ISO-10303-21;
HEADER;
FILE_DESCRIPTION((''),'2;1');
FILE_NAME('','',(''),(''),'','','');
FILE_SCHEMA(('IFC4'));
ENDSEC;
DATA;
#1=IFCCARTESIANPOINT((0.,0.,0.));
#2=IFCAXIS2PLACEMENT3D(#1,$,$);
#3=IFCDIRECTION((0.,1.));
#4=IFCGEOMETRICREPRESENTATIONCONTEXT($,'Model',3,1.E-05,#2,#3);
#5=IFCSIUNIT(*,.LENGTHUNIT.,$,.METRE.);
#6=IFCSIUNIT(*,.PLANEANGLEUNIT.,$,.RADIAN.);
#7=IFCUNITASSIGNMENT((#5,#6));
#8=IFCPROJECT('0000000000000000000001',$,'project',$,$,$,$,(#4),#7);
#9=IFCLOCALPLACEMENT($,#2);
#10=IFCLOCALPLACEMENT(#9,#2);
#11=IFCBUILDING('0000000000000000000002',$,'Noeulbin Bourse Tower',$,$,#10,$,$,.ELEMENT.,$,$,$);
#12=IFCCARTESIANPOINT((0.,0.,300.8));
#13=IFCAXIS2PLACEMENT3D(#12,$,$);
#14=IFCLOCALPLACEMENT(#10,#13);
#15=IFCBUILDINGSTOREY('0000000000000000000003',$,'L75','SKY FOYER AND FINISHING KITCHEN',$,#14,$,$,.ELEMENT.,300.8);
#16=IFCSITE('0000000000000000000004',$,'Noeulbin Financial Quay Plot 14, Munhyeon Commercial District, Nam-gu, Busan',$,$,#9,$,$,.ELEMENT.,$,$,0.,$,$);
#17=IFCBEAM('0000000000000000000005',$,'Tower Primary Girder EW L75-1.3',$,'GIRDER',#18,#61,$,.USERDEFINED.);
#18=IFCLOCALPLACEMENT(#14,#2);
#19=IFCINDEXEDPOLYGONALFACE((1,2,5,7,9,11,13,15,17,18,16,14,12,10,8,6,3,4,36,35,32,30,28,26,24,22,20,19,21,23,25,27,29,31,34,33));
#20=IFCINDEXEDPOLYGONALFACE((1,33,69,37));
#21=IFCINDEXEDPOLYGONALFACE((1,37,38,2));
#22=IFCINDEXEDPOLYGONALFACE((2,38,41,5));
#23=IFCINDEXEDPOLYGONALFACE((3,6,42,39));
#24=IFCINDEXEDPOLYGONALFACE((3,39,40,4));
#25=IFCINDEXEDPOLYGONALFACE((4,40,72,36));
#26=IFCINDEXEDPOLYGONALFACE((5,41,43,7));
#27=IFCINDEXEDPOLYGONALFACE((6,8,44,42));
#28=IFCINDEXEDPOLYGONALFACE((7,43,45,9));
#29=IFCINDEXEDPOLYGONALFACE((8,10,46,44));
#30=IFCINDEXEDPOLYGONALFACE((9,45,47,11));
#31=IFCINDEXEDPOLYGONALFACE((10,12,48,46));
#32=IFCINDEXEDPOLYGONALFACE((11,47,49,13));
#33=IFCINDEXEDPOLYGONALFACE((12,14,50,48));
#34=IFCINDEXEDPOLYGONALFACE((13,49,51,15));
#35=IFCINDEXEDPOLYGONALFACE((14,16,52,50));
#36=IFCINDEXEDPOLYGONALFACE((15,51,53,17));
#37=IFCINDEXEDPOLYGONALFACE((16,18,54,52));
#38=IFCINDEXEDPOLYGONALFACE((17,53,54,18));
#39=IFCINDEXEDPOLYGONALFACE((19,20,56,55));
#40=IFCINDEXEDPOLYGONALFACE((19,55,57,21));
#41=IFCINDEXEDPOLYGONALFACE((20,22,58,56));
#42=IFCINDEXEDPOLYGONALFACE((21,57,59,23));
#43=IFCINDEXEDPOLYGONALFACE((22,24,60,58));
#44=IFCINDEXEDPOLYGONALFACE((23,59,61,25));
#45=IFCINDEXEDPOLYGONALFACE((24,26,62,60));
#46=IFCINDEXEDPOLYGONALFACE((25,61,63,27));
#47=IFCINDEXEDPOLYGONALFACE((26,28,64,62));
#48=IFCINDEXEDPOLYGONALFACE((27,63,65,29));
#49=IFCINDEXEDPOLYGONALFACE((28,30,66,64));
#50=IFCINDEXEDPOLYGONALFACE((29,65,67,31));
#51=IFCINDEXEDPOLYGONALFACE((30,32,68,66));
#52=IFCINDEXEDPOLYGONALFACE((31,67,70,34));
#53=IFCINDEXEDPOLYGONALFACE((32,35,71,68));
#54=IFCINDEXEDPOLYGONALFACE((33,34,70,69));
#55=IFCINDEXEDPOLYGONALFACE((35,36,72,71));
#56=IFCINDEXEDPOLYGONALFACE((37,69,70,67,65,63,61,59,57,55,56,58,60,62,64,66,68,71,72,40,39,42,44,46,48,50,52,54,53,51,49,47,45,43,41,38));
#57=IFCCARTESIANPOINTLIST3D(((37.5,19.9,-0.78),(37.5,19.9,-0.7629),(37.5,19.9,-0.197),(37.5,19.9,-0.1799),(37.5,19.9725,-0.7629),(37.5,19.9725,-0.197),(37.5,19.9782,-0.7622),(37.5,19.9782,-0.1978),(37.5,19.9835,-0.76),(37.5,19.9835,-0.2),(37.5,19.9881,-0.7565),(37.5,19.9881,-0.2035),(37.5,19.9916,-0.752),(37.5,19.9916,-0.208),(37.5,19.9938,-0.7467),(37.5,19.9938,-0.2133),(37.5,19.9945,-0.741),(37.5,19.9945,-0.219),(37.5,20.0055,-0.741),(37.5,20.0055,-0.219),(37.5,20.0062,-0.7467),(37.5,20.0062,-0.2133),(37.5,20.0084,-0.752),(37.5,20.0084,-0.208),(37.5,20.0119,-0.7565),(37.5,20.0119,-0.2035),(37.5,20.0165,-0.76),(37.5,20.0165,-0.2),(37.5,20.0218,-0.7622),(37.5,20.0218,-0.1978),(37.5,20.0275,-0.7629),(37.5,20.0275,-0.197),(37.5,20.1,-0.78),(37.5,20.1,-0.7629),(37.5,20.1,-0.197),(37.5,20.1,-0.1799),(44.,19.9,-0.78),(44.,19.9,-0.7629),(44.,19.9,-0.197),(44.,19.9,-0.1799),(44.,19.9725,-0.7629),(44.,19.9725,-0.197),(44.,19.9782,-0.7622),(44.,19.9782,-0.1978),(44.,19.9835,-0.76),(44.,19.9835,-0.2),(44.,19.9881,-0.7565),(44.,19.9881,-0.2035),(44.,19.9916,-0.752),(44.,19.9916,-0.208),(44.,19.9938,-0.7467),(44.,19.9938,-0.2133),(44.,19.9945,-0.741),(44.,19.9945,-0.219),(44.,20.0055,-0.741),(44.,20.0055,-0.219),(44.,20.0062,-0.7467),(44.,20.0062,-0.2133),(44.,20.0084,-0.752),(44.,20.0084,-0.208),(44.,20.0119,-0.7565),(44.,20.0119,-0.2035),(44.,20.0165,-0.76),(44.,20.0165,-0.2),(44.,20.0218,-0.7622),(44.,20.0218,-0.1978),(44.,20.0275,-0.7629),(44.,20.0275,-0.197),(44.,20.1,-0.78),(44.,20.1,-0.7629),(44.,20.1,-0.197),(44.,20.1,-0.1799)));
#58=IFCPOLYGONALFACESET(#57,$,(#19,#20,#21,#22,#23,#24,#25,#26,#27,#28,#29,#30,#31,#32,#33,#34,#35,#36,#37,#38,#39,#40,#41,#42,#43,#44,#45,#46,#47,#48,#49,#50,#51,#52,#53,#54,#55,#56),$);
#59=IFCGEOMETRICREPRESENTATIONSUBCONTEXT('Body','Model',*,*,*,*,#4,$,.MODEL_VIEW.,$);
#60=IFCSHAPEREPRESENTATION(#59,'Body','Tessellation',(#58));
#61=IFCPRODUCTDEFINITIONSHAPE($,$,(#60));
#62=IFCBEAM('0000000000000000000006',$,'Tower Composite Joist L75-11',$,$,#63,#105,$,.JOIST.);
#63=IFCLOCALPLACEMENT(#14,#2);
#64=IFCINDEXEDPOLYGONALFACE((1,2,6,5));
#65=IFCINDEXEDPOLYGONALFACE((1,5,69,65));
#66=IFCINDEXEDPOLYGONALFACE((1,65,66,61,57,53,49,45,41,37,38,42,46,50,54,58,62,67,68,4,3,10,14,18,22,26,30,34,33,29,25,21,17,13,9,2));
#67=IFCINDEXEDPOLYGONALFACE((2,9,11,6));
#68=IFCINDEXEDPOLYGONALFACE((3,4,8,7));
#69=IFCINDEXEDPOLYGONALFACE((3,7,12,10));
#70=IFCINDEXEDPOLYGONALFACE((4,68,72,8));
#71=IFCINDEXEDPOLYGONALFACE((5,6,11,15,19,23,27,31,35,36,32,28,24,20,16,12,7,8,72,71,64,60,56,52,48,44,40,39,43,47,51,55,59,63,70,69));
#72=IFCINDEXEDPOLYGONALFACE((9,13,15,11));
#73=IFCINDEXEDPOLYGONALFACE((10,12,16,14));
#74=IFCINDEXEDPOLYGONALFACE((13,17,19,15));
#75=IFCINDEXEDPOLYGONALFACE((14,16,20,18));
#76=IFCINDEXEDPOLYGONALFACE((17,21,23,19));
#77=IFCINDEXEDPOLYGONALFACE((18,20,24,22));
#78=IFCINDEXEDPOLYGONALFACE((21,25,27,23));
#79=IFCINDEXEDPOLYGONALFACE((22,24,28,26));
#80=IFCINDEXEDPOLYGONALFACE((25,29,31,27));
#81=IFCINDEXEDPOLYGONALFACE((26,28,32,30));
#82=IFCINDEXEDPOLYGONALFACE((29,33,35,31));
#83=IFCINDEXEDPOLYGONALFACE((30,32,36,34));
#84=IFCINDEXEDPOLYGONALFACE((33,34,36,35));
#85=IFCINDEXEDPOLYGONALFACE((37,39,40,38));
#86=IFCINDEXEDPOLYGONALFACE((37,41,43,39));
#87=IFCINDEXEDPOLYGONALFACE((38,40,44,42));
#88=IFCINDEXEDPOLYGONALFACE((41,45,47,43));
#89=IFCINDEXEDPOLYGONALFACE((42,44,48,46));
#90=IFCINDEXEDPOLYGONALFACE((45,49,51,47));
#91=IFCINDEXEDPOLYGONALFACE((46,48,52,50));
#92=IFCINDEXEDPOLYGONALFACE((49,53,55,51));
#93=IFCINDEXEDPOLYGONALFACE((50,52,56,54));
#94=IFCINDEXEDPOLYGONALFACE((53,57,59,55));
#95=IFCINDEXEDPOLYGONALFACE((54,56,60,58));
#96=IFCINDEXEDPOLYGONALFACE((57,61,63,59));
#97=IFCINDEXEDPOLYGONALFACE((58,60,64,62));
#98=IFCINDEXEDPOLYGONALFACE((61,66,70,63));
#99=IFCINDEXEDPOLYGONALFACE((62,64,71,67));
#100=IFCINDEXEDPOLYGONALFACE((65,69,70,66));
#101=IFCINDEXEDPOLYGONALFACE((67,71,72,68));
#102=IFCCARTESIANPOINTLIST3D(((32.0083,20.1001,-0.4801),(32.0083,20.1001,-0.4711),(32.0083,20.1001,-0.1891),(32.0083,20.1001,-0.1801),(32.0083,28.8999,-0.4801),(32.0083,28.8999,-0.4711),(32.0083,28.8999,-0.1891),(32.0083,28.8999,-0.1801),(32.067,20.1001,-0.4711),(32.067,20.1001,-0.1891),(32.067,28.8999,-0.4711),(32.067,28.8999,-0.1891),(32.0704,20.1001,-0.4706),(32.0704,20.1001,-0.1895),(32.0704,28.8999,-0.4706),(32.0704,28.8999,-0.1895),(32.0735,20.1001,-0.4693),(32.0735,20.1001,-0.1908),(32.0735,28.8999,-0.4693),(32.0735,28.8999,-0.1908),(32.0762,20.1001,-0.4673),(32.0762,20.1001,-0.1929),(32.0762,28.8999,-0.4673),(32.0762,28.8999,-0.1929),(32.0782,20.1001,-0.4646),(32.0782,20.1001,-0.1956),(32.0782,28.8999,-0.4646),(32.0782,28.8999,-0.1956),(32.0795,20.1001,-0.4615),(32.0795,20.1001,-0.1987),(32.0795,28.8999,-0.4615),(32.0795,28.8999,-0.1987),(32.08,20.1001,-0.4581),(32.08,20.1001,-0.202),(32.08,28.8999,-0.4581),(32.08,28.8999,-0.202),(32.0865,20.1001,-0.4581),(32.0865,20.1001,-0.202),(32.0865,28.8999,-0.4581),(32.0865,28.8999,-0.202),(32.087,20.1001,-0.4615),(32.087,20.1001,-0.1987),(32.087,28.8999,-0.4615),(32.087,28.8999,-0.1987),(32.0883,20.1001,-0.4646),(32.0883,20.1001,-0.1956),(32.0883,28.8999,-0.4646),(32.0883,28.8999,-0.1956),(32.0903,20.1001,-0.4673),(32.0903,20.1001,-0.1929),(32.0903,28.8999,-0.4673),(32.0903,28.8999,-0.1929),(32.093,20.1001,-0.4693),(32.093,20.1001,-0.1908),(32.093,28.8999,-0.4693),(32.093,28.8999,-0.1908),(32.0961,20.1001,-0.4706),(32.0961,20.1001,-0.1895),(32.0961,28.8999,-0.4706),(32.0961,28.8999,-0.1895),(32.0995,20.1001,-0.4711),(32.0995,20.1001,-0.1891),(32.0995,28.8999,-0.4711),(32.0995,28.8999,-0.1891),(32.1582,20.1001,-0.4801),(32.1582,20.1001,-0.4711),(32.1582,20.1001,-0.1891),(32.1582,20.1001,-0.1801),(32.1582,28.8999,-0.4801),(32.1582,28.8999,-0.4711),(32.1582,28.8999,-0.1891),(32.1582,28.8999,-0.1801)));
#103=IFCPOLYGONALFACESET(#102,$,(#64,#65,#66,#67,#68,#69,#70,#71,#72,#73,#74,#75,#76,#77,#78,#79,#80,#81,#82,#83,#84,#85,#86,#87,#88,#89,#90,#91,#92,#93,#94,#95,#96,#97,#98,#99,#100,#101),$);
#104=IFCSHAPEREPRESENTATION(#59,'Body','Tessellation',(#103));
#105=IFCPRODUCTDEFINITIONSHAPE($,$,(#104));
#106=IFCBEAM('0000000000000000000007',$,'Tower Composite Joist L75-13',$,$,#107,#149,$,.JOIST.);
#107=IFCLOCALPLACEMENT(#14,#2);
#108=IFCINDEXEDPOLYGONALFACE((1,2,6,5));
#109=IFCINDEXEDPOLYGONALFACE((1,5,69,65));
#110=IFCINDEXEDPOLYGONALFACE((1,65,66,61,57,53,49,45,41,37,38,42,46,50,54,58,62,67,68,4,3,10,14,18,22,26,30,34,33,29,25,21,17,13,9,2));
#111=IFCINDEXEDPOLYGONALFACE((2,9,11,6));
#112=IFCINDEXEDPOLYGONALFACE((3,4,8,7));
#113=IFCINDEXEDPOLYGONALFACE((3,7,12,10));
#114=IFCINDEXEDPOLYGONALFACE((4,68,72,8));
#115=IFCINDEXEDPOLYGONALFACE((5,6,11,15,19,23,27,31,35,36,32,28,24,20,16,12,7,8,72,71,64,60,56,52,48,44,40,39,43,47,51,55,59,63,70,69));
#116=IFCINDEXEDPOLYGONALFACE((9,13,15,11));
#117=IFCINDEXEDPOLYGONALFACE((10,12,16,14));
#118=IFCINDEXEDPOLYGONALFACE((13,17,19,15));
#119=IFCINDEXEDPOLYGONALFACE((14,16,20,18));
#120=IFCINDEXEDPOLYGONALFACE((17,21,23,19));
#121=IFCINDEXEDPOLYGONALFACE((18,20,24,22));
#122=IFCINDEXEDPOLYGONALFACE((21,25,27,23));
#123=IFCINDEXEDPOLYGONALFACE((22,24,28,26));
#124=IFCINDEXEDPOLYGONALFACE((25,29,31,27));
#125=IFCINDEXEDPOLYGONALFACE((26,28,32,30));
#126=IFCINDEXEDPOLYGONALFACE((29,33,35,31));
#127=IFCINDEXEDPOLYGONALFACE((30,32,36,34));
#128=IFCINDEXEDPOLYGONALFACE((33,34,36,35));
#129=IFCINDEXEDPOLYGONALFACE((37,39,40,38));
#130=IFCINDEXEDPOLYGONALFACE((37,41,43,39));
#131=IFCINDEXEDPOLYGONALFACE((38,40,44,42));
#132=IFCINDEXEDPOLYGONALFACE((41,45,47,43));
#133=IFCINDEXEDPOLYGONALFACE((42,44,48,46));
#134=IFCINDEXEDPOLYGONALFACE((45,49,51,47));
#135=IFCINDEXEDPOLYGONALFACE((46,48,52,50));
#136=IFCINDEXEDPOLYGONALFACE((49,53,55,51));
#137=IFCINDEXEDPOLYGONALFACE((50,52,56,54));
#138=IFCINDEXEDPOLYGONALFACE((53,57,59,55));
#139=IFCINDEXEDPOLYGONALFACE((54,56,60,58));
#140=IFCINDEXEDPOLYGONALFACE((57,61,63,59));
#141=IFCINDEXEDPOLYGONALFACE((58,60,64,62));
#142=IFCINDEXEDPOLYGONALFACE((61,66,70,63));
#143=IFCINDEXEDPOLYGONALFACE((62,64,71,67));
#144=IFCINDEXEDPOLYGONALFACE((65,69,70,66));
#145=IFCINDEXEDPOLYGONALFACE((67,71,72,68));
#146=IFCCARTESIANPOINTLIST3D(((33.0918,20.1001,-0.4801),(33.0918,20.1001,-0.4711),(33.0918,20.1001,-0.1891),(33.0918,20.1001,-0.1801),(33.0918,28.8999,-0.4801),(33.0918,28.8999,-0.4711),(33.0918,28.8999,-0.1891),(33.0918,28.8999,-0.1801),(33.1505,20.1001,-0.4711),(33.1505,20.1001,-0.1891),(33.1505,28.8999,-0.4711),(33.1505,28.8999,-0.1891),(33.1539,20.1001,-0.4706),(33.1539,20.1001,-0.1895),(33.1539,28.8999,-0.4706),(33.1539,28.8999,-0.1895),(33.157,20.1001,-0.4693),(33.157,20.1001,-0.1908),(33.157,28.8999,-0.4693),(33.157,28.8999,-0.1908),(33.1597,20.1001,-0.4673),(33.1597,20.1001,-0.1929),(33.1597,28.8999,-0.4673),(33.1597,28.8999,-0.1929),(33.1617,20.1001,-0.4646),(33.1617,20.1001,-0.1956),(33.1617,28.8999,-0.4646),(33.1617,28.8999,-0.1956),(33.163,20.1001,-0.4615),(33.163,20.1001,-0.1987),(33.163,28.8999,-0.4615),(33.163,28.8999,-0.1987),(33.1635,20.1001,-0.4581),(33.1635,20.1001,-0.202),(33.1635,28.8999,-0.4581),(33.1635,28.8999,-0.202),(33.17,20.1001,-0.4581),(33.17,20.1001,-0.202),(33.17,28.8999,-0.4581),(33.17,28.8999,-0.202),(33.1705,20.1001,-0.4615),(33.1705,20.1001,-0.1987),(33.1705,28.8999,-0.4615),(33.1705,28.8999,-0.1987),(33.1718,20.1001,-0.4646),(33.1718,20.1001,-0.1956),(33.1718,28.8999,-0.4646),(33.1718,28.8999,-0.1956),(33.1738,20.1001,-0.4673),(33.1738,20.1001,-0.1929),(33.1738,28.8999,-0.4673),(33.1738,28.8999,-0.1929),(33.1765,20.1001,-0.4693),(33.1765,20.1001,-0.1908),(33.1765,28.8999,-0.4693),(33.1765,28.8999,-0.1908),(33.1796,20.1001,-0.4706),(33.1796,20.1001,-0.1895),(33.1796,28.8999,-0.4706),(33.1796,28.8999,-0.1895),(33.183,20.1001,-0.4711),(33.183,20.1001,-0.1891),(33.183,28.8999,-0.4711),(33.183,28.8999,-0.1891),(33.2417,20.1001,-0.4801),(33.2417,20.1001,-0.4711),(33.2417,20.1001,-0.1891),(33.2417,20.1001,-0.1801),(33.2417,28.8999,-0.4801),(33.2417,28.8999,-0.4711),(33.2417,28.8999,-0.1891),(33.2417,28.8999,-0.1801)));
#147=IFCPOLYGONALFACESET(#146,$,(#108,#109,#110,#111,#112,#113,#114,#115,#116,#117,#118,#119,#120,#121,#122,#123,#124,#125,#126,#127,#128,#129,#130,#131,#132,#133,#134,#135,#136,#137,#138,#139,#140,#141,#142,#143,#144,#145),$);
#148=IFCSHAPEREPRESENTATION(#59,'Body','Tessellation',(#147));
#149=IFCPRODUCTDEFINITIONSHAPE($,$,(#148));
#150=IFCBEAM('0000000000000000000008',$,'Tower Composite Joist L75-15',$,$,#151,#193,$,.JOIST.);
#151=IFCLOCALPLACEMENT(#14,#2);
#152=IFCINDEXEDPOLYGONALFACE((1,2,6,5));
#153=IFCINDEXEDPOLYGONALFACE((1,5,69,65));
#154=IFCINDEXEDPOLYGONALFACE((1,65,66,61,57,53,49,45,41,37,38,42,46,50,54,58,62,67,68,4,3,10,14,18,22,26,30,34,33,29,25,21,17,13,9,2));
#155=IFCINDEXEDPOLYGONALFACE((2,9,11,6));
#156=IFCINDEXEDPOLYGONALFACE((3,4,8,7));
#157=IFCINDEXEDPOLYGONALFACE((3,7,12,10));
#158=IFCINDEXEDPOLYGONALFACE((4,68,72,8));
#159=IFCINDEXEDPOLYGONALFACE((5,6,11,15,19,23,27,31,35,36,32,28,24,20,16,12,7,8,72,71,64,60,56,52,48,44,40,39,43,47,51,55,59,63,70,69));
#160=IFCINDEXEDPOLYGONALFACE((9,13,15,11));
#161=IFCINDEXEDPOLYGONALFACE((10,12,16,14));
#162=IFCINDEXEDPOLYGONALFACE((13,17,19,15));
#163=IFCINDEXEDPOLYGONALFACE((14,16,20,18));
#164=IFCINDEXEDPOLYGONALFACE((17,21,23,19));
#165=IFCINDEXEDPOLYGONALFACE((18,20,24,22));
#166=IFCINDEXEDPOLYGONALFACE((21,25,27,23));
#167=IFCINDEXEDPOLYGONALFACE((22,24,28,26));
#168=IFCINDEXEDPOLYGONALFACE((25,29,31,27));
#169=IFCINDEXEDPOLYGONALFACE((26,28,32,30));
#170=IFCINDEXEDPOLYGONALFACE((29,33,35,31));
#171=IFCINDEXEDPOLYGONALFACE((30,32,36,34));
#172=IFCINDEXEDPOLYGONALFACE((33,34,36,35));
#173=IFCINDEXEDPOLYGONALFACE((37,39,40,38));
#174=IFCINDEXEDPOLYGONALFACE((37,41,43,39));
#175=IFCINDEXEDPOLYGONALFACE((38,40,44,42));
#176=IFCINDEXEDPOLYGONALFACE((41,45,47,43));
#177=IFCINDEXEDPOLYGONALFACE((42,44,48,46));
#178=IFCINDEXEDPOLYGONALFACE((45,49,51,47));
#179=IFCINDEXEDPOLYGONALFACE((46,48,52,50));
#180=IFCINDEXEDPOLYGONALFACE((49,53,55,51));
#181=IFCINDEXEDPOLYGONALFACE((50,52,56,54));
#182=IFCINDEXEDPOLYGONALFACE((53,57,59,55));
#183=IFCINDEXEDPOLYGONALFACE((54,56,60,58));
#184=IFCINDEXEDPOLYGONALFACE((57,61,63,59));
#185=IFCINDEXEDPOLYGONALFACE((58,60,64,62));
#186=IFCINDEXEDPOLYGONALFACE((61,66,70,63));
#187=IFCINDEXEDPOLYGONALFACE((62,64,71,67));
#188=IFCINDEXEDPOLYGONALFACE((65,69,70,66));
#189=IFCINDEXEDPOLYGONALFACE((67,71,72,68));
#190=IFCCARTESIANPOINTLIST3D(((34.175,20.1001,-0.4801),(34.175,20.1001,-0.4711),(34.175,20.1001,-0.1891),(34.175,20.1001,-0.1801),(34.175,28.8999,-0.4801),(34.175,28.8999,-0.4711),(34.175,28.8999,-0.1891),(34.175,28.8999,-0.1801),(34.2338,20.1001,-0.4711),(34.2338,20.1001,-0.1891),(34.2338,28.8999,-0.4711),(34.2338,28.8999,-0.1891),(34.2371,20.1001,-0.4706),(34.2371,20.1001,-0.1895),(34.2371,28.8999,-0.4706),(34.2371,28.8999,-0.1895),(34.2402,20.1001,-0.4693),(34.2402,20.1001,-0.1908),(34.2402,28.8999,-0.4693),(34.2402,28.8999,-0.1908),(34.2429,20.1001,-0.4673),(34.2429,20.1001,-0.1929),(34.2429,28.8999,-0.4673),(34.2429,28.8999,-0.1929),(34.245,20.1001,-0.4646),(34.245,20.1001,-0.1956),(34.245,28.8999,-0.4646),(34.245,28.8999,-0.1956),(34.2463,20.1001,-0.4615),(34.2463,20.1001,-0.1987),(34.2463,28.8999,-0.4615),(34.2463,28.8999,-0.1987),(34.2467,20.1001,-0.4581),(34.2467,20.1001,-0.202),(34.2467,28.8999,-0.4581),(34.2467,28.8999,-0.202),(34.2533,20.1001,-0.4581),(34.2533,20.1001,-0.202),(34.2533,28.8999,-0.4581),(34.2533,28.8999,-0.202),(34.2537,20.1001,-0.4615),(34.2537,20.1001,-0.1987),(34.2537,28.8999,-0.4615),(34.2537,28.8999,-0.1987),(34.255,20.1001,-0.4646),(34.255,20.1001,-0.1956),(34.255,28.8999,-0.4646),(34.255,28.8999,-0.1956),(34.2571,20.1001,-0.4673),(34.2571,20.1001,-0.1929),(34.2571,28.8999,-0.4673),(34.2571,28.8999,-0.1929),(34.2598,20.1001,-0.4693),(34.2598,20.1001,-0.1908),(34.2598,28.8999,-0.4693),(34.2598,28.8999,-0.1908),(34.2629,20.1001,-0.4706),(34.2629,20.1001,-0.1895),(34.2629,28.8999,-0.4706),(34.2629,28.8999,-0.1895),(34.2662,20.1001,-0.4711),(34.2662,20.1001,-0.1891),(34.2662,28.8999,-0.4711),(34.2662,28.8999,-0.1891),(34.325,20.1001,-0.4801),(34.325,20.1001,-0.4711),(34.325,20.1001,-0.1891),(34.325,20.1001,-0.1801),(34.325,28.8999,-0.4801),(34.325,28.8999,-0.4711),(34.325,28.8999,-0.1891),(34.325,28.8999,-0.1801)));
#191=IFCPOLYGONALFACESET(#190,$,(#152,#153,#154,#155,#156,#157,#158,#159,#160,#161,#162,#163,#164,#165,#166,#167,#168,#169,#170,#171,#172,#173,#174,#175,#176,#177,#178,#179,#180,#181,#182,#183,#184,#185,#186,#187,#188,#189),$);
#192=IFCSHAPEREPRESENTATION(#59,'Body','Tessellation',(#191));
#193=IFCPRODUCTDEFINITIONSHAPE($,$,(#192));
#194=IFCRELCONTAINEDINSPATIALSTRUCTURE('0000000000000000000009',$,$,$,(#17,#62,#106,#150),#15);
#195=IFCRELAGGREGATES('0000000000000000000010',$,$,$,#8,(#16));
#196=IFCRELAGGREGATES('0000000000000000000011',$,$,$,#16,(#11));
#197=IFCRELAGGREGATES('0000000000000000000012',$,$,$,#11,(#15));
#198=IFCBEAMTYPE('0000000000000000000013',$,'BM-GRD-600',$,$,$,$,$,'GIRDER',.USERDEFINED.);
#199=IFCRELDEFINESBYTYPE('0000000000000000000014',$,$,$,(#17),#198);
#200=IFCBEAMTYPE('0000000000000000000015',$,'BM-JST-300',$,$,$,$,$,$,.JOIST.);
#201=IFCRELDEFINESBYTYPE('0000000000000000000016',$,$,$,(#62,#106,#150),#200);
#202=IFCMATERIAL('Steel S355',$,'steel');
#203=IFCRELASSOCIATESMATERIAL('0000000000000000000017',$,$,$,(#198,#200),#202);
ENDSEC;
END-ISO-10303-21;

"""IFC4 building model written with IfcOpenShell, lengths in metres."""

from ifc_helpers import new_model, si_unit, direction, frame, origin, origin_2d, place, context, subcontext, project, spatial, i_section, extrude, material, material_profile, profile_set, type_object, element, save


model = new_model("IFC4")

# Units and contexts
model_context = context("Model", 3, precision=1e-05, world=origin(), true_north=direction((0.0, 1.0)))
body_context = subcontext(model_context, "Body", "Model", "MODEL_VIEW")
ifc_project = project(units=[si_unit("LENGTHUNIT", "METRE"), si_unit("PLANEANGLEUNIT", "RADIAN")], contexts=[model_context])

# Site, building, storey
site_placement = place(None, origin())
site = spatial("IfcSite", under=ifc_project, at=site_placement, Name="Noeulbin Financial Quay Plot 14, Munhyeon Commercial District, Nam-gu, Busan", CompositionType="ELEMENT", RefElevation=0.0)
building_placement = place(site_placement, origin())
building = spatial("IfcBuilding", under=site, at=building_placement, Name="Noeulbin Bourse Tower", CompositionType="ELEMENT")
storey_placement = place(building_placement, frame((0.0, 0.0, 300.8)))
storey = spatial("IfcBuildingStorey", under=building, at=storey_placement, Name="L75", Description="SKY FOYER AND FINISHING KITCHEN", CompositionType="ELEMENT", Elevation=300.8)

# Shared definitions
ifc_material_1 = material(Name="Steel S355", Category="steel")

# Beams
ifc_material_profile_1 = material_profile(ifc_material_1, i_section(OverallWidth=0.2, OverallDepth=0.6001, WebThickness=0.011, FlangeThickness=0.0171, FilletRadius=0.022, at=origin_2d()), Name="H-600x200x11x17", Category="LoadBearing")
ifc_profile_set_1 = profile_set([ifc_material_profile_1], Name="Steel S355")
beam_type_1 = type_object("IfcBeamType", Name="BM-GRD-600", ElementType="GIRDER", PredefinedType="USERDEFINED", material=ifc_profile_set_1)
beam_1_placement = place(storey_placement, frame((37.5, 20.0, -0.48), z_axis=(1.0, 0.0, 0.0), x_axis=(0.0, 1.0, 0.0)))
element("IfcBeam", 1, at=beam_1_placement, inside=storey, type_object=beam_type_1, Name="Tower Primary Girder EW L75-1.3", ObjectType="GIRDER", PredefinedType="USERDEFINED", context=body_context, shape_type="SweptSolid", body=[
    extrude(i_section(OverallWidth=0.2, OverallDepth=0.6001, WebThickness=0.011, FlangeThickness=0.0171, FilletRadius=0.022, at=origin_2d()), origin(), (0.0, 0.0, 1.0), 6.5),
])
ifc_material_profile_2 = material_profile(ifc_material_1, i_section(OverallWidth=0.1499, OverallDepth=0.3, WebThickness=0.0066, FlangeThickness=0.009, FilletRadius=0.0129, at=origin_2d()), Name="H-300x150x6.5x9", Category="LoadBearing")
ifc_profile_set_2 = profile_set([ifc_material_profile_2], Name="Steel S355")
beam_type_2 = type_object("IfcBeamType", Name="BM-JST-300", PredefinedType="JOIST", material=ifc_profile_set_2)
for number, where, z_axis, x_axis, name in (
    (2, (32.0833, 20.1001, -0.3301), (0.0, 1.0, 0.0), (-1.0, 0.0, 0.0), "Tower Composite Joist L75-11"),
    (3, (33.1667, 20.1001, -0.3301), (0.0, 1.0, 0.0), (-1.0, 0.0, 0.0), "Tower Composite Joist L75-13"),
    (4, (34.25, 20.1001, -0.3301), (0.0, 1.0, 0.0), (-1.0, 0.0, 0.0), "Tower Composite Joist L75-15"),
):
    element("IfcBeam", number, at=place(storey_placement, frame(where, z_axis=z_axis, x_axis=x_axis)), inside=storey, type_object=beam_type_2, Name=name, PredefinedType="JOIST", context=body_context, shape_type="SweptSolid", body=[
        extrude(i_section(OverallWidth=0.1499, OverallDepth=0.3, WebThickness=0.0066, FlangeThickness=0.009, FilletRadius=0.0129, at=origin_2d()), origin(), (0.0, 0.0, 1.0), 8.7998),
    ])

save(model, "model.ifc")
